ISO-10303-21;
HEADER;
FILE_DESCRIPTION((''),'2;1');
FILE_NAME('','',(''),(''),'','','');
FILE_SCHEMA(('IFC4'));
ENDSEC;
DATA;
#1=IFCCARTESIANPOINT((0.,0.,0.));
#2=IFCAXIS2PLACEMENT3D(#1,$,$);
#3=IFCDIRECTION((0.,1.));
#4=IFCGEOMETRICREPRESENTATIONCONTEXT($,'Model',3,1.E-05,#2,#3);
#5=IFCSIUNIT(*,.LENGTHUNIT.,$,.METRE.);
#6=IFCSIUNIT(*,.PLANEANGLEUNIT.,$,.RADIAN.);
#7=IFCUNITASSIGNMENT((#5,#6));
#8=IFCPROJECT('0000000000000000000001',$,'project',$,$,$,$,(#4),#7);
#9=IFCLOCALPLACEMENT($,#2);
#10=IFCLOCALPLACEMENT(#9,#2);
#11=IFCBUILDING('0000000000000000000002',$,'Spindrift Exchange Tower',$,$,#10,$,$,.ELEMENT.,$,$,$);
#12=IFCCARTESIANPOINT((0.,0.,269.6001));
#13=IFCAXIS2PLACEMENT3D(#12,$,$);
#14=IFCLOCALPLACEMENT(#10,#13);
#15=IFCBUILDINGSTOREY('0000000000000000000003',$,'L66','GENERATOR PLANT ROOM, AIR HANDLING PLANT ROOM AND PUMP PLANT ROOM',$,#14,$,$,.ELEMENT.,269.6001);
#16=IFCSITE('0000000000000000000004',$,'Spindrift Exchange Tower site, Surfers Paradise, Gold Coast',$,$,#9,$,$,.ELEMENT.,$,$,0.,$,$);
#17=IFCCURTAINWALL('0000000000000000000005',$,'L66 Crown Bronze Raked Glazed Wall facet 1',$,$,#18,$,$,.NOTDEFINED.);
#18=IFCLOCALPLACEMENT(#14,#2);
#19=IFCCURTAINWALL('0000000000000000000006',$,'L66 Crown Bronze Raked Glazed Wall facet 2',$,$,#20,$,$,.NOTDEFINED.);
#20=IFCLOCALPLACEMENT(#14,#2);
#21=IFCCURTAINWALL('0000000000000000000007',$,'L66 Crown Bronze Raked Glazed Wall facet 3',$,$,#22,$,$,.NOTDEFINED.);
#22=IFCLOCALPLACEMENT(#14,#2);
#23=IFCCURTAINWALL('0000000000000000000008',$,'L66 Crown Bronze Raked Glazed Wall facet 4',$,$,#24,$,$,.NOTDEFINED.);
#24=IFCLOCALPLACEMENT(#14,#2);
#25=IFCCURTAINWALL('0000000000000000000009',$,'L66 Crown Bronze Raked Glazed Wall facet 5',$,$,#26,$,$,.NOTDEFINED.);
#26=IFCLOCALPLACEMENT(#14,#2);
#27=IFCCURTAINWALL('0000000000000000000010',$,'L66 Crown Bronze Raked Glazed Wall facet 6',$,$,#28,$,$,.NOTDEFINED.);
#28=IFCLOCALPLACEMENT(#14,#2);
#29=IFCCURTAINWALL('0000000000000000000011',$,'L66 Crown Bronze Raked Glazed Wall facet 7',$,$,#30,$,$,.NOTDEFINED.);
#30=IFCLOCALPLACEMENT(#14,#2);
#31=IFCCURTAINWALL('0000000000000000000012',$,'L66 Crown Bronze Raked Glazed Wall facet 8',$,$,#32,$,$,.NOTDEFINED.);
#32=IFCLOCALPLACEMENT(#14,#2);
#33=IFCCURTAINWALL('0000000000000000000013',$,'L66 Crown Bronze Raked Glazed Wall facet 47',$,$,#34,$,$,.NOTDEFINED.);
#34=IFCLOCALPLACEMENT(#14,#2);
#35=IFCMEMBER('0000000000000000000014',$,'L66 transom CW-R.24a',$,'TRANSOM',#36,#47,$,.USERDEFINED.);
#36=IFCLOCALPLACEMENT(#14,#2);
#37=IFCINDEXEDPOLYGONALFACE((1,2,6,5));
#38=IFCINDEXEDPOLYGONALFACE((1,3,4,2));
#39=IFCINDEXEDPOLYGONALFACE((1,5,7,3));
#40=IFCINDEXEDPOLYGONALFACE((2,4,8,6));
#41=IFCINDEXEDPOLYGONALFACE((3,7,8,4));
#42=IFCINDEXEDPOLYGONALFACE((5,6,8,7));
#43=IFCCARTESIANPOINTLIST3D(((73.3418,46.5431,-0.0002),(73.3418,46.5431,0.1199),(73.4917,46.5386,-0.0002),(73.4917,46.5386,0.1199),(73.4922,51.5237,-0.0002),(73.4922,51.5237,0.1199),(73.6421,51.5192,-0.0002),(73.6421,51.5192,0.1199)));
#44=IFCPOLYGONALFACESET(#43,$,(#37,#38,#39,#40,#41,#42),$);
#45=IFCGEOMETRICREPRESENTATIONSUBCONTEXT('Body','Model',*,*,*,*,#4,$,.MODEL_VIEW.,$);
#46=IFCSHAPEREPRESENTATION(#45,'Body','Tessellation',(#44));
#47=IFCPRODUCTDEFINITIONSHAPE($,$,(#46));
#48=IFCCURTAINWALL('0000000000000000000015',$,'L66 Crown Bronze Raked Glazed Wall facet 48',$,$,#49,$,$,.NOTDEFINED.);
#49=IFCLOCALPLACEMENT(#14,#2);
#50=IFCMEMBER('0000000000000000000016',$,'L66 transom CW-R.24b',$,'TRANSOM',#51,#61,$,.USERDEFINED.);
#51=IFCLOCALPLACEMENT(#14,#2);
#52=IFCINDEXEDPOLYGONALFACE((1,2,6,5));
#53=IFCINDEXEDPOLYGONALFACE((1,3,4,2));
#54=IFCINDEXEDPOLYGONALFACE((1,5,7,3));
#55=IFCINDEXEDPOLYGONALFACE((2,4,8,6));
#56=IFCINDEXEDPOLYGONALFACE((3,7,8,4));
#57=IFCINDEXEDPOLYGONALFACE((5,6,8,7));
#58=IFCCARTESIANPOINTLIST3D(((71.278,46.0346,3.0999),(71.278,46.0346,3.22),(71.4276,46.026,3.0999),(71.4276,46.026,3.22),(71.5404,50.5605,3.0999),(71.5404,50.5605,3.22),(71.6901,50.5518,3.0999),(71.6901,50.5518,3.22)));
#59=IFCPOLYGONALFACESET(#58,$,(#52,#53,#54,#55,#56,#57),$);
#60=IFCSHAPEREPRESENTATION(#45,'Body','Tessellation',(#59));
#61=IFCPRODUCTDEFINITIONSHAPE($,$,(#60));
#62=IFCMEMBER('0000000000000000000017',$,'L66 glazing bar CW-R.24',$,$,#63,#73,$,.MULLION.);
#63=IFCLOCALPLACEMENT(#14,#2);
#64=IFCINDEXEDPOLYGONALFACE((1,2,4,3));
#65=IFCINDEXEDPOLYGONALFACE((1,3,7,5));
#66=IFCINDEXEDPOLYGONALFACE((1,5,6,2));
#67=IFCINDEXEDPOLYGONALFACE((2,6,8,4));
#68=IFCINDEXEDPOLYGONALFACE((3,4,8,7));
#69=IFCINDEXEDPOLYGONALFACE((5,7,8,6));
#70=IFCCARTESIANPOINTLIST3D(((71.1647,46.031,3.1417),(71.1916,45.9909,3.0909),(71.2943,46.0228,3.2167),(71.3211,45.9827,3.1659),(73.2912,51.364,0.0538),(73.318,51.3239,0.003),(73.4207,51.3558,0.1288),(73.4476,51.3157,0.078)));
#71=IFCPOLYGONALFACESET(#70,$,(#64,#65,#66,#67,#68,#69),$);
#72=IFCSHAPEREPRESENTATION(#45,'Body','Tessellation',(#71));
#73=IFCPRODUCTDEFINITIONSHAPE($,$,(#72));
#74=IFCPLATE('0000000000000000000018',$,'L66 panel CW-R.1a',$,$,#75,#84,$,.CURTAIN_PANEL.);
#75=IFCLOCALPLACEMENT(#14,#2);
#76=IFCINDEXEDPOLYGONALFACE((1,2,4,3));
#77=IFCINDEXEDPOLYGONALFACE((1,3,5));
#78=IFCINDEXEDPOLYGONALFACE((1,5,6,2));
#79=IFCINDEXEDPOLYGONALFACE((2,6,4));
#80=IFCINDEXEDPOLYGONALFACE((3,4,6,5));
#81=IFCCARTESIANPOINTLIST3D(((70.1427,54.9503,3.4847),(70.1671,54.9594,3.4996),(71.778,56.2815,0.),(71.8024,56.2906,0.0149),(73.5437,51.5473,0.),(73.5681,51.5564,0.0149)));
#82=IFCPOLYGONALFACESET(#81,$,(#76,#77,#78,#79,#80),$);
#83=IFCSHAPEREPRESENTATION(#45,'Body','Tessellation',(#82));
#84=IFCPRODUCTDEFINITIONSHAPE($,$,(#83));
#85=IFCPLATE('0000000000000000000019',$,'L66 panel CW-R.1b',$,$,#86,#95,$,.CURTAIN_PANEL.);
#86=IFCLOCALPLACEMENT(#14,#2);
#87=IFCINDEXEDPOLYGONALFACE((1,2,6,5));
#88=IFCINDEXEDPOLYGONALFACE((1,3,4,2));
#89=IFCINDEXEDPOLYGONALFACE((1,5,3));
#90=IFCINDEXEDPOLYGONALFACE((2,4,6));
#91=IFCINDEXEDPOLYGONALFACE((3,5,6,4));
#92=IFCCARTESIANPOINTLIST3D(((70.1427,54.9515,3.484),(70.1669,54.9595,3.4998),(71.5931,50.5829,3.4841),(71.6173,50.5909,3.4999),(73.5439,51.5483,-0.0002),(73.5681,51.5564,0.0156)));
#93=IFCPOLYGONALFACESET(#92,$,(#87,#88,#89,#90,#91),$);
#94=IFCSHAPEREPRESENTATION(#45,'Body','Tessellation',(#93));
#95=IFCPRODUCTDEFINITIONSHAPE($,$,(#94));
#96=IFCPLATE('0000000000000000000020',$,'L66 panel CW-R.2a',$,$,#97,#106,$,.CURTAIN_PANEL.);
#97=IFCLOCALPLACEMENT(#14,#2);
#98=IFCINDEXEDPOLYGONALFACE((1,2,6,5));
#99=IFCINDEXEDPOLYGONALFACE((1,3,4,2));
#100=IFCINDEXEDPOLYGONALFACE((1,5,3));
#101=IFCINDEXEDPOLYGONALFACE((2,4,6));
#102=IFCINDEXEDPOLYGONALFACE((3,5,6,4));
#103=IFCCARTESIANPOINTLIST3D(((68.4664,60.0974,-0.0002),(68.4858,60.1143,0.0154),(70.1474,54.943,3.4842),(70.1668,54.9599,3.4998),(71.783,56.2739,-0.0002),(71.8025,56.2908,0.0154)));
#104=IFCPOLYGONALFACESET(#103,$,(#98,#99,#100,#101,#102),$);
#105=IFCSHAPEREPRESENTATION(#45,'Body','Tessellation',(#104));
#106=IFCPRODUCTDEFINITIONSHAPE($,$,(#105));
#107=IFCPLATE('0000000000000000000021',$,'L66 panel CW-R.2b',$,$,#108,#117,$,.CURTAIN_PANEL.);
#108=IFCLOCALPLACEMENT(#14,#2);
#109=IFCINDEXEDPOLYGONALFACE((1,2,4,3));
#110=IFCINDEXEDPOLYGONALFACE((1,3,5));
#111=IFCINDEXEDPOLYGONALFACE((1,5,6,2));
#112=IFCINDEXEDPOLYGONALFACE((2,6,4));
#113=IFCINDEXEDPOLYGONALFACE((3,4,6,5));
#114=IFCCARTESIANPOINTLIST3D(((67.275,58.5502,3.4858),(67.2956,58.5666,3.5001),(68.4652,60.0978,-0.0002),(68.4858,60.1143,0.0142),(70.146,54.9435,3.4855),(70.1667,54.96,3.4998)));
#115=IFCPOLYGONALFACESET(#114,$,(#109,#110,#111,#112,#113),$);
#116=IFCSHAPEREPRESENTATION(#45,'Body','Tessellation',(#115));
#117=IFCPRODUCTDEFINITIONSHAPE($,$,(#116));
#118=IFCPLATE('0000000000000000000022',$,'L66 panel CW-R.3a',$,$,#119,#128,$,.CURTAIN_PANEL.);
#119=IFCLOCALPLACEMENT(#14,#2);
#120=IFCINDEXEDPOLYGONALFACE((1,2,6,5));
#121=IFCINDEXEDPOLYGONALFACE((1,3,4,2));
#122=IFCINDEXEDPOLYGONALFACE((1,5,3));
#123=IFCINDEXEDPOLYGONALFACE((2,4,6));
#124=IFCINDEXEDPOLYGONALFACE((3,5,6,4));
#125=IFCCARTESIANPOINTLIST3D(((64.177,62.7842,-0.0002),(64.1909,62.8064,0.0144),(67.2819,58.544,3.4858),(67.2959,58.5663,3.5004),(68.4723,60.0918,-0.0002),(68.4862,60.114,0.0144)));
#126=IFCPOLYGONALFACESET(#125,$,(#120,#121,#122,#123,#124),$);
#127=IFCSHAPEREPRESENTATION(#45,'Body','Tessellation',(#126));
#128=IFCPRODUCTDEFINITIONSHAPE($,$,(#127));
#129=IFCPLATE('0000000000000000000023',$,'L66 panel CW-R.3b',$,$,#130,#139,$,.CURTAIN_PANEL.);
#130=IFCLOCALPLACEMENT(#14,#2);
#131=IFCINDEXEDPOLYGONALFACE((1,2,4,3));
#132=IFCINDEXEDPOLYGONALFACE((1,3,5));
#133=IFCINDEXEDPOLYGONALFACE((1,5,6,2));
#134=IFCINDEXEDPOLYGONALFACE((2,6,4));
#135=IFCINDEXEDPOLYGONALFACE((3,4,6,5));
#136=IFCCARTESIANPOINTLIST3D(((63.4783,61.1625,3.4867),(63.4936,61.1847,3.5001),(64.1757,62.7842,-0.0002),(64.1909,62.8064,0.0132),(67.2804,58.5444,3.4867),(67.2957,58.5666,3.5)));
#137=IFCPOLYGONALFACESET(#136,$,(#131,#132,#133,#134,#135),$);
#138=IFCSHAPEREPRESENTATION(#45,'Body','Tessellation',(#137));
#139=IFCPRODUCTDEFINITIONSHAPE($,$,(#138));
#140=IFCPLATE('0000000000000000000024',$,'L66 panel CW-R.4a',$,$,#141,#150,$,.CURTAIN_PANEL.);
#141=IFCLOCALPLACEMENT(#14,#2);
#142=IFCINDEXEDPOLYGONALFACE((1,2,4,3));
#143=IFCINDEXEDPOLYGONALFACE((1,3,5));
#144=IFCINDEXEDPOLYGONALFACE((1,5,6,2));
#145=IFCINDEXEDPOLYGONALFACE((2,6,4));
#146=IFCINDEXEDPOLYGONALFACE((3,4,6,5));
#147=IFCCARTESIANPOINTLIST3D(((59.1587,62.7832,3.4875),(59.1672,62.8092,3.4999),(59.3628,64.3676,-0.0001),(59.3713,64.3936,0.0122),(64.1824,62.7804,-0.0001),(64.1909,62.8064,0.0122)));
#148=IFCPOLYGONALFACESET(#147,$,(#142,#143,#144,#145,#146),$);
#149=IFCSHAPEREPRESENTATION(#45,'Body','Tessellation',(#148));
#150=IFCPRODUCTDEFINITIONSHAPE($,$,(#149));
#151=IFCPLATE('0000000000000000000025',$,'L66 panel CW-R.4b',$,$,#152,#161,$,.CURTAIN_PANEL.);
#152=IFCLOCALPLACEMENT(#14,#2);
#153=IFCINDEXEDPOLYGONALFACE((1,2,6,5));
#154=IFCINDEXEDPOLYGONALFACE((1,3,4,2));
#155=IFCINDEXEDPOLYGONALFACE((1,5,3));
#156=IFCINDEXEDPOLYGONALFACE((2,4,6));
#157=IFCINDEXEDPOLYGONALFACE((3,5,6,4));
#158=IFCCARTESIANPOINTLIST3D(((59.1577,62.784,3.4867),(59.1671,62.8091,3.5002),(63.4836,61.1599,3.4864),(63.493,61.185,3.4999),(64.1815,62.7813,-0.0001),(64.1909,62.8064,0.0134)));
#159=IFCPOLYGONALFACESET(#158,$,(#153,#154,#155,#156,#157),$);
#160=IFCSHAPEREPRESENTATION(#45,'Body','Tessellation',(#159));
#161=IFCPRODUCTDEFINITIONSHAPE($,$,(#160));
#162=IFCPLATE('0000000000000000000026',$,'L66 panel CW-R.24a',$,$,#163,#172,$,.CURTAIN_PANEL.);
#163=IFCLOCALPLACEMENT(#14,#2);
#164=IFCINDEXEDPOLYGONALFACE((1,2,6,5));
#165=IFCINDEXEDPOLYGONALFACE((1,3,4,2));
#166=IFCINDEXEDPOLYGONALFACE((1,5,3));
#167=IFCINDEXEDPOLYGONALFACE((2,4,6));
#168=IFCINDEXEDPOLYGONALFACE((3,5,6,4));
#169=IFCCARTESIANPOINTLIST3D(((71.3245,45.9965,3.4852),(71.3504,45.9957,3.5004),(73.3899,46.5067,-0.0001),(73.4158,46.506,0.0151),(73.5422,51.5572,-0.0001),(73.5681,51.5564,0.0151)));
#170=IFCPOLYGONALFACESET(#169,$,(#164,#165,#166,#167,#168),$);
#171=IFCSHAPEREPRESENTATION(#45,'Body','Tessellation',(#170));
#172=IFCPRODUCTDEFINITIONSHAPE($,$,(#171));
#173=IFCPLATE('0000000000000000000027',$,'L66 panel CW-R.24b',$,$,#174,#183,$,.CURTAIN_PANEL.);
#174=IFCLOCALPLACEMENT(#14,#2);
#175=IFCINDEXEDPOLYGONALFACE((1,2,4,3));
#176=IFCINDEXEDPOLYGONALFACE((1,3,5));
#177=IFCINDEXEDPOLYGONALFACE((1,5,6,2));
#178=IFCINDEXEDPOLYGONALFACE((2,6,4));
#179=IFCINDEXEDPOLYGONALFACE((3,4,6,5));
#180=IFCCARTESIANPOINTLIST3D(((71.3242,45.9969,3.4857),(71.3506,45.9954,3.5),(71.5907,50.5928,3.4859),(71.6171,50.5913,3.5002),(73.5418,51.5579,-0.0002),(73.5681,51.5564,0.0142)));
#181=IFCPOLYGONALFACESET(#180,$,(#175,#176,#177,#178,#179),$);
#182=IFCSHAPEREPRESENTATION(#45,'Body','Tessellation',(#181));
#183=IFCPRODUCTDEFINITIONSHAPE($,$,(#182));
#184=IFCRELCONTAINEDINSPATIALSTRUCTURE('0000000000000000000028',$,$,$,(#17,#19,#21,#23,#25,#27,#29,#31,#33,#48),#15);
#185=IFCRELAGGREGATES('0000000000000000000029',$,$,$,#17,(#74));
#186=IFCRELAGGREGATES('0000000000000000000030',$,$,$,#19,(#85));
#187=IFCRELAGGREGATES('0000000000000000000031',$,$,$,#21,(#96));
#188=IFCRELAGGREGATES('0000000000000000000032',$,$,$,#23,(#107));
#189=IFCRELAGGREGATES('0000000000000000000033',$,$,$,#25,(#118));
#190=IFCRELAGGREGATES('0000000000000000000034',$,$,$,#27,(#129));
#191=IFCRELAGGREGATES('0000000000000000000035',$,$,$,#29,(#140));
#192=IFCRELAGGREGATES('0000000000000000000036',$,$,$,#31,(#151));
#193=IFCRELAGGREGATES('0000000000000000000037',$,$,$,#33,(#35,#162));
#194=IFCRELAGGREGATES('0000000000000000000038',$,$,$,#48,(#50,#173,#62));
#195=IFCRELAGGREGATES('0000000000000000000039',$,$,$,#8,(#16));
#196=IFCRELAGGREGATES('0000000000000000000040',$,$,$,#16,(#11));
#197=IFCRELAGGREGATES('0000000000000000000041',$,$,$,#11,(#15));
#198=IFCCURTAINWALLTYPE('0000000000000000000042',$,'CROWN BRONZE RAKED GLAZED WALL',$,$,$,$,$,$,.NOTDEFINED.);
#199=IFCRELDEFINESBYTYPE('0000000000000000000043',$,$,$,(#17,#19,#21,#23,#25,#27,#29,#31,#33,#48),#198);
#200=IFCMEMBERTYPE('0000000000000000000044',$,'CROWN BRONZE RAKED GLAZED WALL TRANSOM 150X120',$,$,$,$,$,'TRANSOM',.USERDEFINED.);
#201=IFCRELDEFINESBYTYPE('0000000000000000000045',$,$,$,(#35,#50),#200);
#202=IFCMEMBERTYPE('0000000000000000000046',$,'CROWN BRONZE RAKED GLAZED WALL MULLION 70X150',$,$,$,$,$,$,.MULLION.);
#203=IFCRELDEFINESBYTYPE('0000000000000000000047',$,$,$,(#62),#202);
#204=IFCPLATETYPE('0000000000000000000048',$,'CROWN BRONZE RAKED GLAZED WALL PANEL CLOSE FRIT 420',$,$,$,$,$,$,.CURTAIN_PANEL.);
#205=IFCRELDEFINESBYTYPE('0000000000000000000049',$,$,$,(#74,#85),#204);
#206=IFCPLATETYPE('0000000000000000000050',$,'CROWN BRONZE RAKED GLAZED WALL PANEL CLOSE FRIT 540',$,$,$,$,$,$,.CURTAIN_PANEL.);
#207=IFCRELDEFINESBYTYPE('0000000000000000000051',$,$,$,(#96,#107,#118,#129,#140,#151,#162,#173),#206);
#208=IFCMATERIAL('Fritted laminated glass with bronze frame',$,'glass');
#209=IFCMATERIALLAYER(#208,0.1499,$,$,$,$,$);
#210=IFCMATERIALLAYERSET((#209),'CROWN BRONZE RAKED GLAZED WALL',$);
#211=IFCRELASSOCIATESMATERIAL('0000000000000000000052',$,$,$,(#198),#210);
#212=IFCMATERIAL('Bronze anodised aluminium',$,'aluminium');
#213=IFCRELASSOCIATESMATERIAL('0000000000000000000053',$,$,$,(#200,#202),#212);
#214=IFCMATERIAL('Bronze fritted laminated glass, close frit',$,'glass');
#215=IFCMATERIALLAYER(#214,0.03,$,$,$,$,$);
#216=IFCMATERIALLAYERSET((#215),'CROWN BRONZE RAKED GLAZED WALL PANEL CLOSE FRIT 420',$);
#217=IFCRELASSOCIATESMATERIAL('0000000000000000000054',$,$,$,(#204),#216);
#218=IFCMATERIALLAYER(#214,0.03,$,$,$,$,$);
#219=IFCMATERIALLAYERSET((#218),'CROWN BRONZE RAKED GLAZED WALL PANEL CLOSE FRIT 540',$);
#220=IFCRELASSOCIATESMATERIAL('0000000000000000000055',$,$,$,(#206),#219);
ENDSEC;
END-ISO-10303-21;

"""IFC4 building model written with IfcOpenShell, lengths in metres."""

from ifc_helpers import new_model, si_unit, direction, frame, origin, origin_2d, place, context, subcontext, project, spatial, line, indexed_curve, rectangle, outline, extrude, source, transform, mapped, material, layer, layer_set, material_profile, profile_set, type_object, element, aggregate, save


model = new_model("IFC4")

# Units and contexts
model_context = context("Model", 3, precision=1e-05, world=origin(), true_north=direction((0.0, 1.0)))
body_context = subcontext(model_context, "Body", "Model", "MODEL_VIEW")
ifc_project = project(units=[si_unit("LENGTHUNIT", "METRE"), si_unit("PLANEANGLEUNIT", "RADIAN")], contexts=[model_context])

# Site, building, storey
site_placement = place(None, origin())
site = spatial("IfcSite", under=ifc_project, at=site_placement, Name="Spindrift Exchange Tower site, Surfers Paradise, Gold Coast", CompositionType="ELEMENT", RefElevation=0.0)
building_placement = place(site_placement, origin())
building = spatial("IfcBuilding", under=site, at=building_placement, Name="Spindrift Exchange Tower", CompositionType="ELEMENT")
storey_placement = place(building_placement, frame((0.0, 0.0, 269.6001)))
storey = spatial("IfcBuildingStorey", under=building, at=storey_placement, Name="L66", Description="GENERATOR PLANT ROOM, AIR HANDLING PLANT ROOM AND PUMP PLANT ROOM", CompositionType="ELEMENT", Elevation=269.6001)

# Curtain wall
ifc_material_1 = material(Name="Fritted laminated glass with bronze frame", Category="glass")
ifc_layer_1 = layer(ifc_material_1, 0.1499)
ifc_layer_set_1 = layer_set([ifc_layer_1], Name="CROWN BRONZE RAKED GLAZED WALL")
curtain_wall_type = type_object("IfcCurtainWallType", Name="CROWN BRONZE RAKED GLAZED WALL", PredefinedType="NOTDEFINED", material=ifc_layer_set_1)
curtain_wall_1_placement = place(storey_placement, origin())
curtain_wall_1 = element("IfcCurtainWall", 1, at=curtain_wall_1_placement, inside=storey, type_object=curtain_wall_type, Name="L66 Crown Bronze Raked Glazed Wall facet 1", PredefinedType="NOTDEFINED")
ifc_material_2 = material(Name="Bronze anodised aluminium", Category="aluminium")
ifc_material_profile_1 = material_profile(ifc_material_2, rectangle(XDim=0.1499, YDim=0.1201, at=origin_2d()), Name="CROWN BRONZE RAKED GLAZED WALL TRANSOM 150X120")
ifc_profile_set_1 = profile_set([ifc_material_profile_1], Name="Bronze anodised aluminium")
member_type_1 = type_object("IfcMemberType", Name="CROWN BRONZE RAKED GLAZED WALL TRANSOM 150X120", ElementType="TRANSOM", PredefinedType="USERDEFINED", material=ifc_profile_set_1)

# Curtain wall
curtain_wall_2_placement = place(storey_placement, origin())
curtain_wall_2 = element("IfcCurtainWall", 2, at=curtain_wall_2_placement, inside=storey, type_object=curtain_wall_type, Name="L66 Crown Bronze Raked Glazed Wall facet 2", PredefinedType="NOTDEFINED")
ifc_material_profile_2 = material_profile(ifc_material_2, rectangle(XDim=0.0701, YDim=0.1499, at=origin_2d()), Name="CROWN BRONZE RAKED GLAZED WALL MULLION 70X150")
ifc_profile_set_2 = profile_set([ifc_material_profile_2], Name="Bronze anodised aluminium")
member_type_2 = type_object("IfcMemberType", Name="CROWN BRONZE RAKED GLAZED WALL MULLION 70X150", PredefinedType="MULLION", material=ifc_profile_set_2)

# Curtain walls
curtain_wall_3_placement = place(storey_placement, origin())
curtain_wall_3 = element("IfcCurtainWall", 3, at=curtain_wall_3_placement, inside=storey, type_object=curtain_wall_type, Name="L66 Crown Bronze Raked Glazed Wall facet 3", PredefinedType="NOTDEFINED")
curtain_wall_4_placement = place(storey_placement, origin())
curtain_wall_4 = element("IfcCurtainWall", 4, at=curtain_wall_4_placement, inside=storey, type_object=curtain_wall_type, Name="L66 Crown Bronze Raked Glazed Wall facet 4", PredefinedType="NOTDEFINED")

# Curtain wall
curtain_wall_5_placement = place(storey_placement, origin())
curtain_wall_5 = element("IfcCurtainWall", 5, at=curtain_wall_5_placement, inside=storey, type_object=curtain_wall_type, Name="L66 Crown Bronze Raked Glazed Wall facet 5", PredefinedType="NOTDEFINED")

# Curtain walls, member
curtain_wall_6_placement = place(storey_placement, origin())
curtain_wall_6 = element("IfcCurtainWall", 6, at=curtain_wall_6_placement, inside=storey, type_object=curtain_wall_type, Name="L66 Crown Bronze Raked Glazed Wall facet 6", PredefinedType="NOTDEFINED")
curtain_wall_7_placement = place(storey_placement, origin())
curtain_wall_7 = element("IfcCurtainWall", 7, at=curtain_wall_7_placement, inside=storey, type_object=curtain_wall_type, Name="L66 Crown Bronze Raked Glazed Wall facet 7", PredefinedType="NOTDEFINED")
curtain_wall_8_placement = place(storey_placement, origin())
curtain_wall_8 = element("IfcCurtainWall", 8, at=curtain_wall_8_placement, inside=storey, type_object=curtain_wall_type, Name="L66 Crown Bronze Raked Glazed Wall facet 8", PredefinedType="NOTDEFINED")
curtain_wall_9_placement = place(storey_placement, origin())
curtain_wall_9 = element("IfcCurtainWall", 9, at=curtain_wall_9_placement, inside=storey, type_object=curtain_wall_type, Name="L66 Crown Bronze Raked Glazed Wall facet 47", PredefinedType="NOTDEFINED")
shared_shape_1 = source(origin(), body_context, "Body", "SweptSolid", [
    extrude(rectangle(XDim=0.1499, YDim=0.1201, at=origin_2d()), origin(), (0.0, 0.0, 1.0), 4.9829),
])
member_1_placement = place(storey_placement, frame((73.5671, 51.5215, 0.0598), z_axis=(-0.030181, -0.999544, 0.0), x_axis=(0.999544, -0.030181, 0.0)))
member_1 = element("IfcMember", 10, at=member_1_placement, type_object=member_type_1, Name="L66 transom CW-R.24a", ObjectType="TRANSOM", PredefinedType="USERDEFINED", context=body_context, shape_type="MappedRepresentation", body=[
    mapped(shared_shape_1, transform((0.0, 0.0, 0.0), scale=1.0)),
])

# Curtain wall, members
curtain_wall_10_placement = place(storey_placement, origin())
curtain_wall_10 = element("IfcCurtainWall", 11, at=curtain_wall_10_placement, inside=storey, type_object=curtain_wall_type, Name="L66 Crown Bronze Raked Glazed Wall facet 48", PredefinedType="NOTDEFINED")
shared_shape_2 = source(origin(), body_context, "Body", "SweptSolid", [
    extrude(rectangle(XDim=0.1499, YDim=0.1201, at=origin_2d()), origin(), (0.0, 0.0, 1.0), 4.5334),
])
member_2_placement = place(storey_placement, frame((71.6152, 50.5562, 3.1599), z_axis=(-0.057892, -0.998323, 0.0), x_axis=(0.998323, -0.057892, 0.0)))
member_2 = element("IfcMember", 12, at=member_2_placement, type_object=member_type_1, Name="L66 transom CW-R.24b", ObjectType="TRANSOM", PredefinedType="USERDEFINED", context=body_context, shape_type="MappedRepresentation", body=[
    mapped(shared_shape_2, transform((0.0, 0.0, 0.0), scale=1.0)),
])
shared_shape_3 = source(origin(), body_context, "Body", "SweptSolid", [
    extrude(rectangle(XDim=0.0701, YDim=0.1499, at=origin_2d()), origin(), (0.0, 0.0, 1.0), 6.519),
])
member_3_placement = place(storey_placement, frame((73.3694, 51.3398, 0.0659), z_axis=(-0.326193, -0.818066, 0.473673), x_axis=(0.383072, -0.572487, -0.724924)))
member_3 = element("IfcMember", 13, at=member_3_placement, type_object=member_type_2, Name="L66 glazing bar CW-R.24", PredefinedType="MULLION", context=body_context, shape_type="MappedRepresentation", body=[
    mapped(shared_shape_3, transform((0.0, 0.0, 0.0), scale=1.0)),
])

# Plates
ifc_material_3 = material(Name="Bronze fritted laminated glass, close frit", Category="glass")
ifc_layer_2 = layer(ifc_material_3, 0.03)
ifc_layer_set_2 = layer_set([ifc_layer_2], Name="CROWN BRONZE RAKED GLAZED WALL PANEL CLOSE FRIT 420")
plate_type_1 = type_object("IfcPlateType", Name="CROWN BRONZE RAKED GLAZED WALL PANEL CLOSE FRIT 420", PredefinedType="CURTAIN_PANEL", material=ifc_layer_set_2)
plate_1_placement = place(storey_placement, frame((73.5681, 51.5564, 0.0149), z_axis=(0.812887, 0.303182, 0.497288), x_axis=(-0.349455, 0.936953, 0.0)))
plate_1 = element("IfcPlate", 14, at=plate_1_placement, type_object=plate_type_1, Name="L66 panel CW-R.1a", PredefinedType="CURTAIN_PANEL", context=body_context, shape_type="SweptSolid", body=[
    extrude(outline(indexed_curve([(0.0, 0.0), (5.0527, 0.0), (4.377, 4.0166)], segments=[line(1, 2, 3, 1)], self_intersect=False)), origin(), (0.0, 0.0, -1.0), 0.03),
])
aggregate(curtain_wall_1, [plate_1])
plate_2_placement = place(storey_placement, frame((73.5681, 51.5564, 0.0156), z_axis=(0.807084, 0.267961, 0.52613), x_axis=(-0.572546, 0.572875, 0.586519)))
plate_2 = element("IfcPlate", 15, at=plate_2_placement, type_object=plate_type_1, Name="L66 panel CW-R.1b", PredefinedType="CURTAIN_PANEL", context=body_context, shape_type="SweptSolid", body=[
    extrude(outline(indexed_curve([(0.0, 0.0), (5.9404, 0.0), (2.6074, 3.1748)], segments=[line(1, 2, 3, 1)], self_intersect=False)), origin(), (0.0, 0.0, -1.0), 0.03),
])
aggregate(curtain_wall_2, [plate_2])
ifc_layer_3 = layer(ifc_material_3, 0.03)
ifc_layer_set_3 = layer_set([ifc_layer_3], Name="CROWN BRONZE RAKED GLAZED WALL PANEL CLOSE FRIT 540")
plate_type_2 = type_object("IfcPlateType", Name="CROWN BRONZE RAKED GLAZED WALL PANEL CLOSE FRIT 540", PredefinedType="CURTAIN_PANEL", material=ifc_layer_set_3)
plate_3_placement = place(storey_placement, frame((68.4858, 60.1143, 0.0154), z_axis=(0.646354, 0.560669, 0.517568), x_axis=(0.655261, -0.755403, 0.0)))
plate_3 = element("IfcPlate", 16, at=plate_3_placement, type_object=plate_type_2, Name="L66 panel CW-R.2a", PredefinedType="CURTAIN_PANEL", context=body_context, shape_type="SweptSolid", body=[
    extrude(outline(indexed_curve([(0.0, 0.0), (5.0615, 0.0), (4.9951, -4.0723)], segments=[line(1, 2, 3, 1)], self_intersect=False)), origin(), (0.0, 0.0, -1.0), 0.03),
])
aggregate(curtain_wall_3, [plate_3])
plate_4_placement = place(storey_placement, frame((68.4858, 60.1143, 0.0142), z_axis=(0.687387, 0.547156, 0.477618), x_axis=(0.260784, -0.799699, 0.540809)))
plate_4 = element("IfcPlate", 17, at=plate_4_placement, type_object=plate_type_2, Name="L66 panel CW-R.2b", PredefinedType="CURTAIN_PANEL", context=body_context, shape_type="SweptSolid", body=[
    extrude(outline(indexed_curve([(0.0, 0.0), (6.4453, 0.0), (2.8125, -2.8379)], segments=[line(1, 2, 3, 1)], self_intersect=False)), origin(), (0.0, 0.0, -1.0), 0.03),
])
aggregate(curtain_wall_4, [plate_4])
plate_5_placement = place(storey_placement, frame((64.1909, 62.8064, 0.0144), z_axis=(0.463877, 0.740049, 0.486977), x_axis=(0.847305, -0.531107, 0.0)))
plate_5 = element("IfcPlate", 18, at=plate_5_placement, type_object=plate_type_2, Name="L66 panel CW-R.3a", PredefinedType="CURTAIN_PANEL", context=body_context, shape_type="SweptSolid", body=[
    extrude(outline(indexed_curve([(0.0, 0.0), (5.0693, 0.0), (4.8828, -3.9912)], segments=[line(1, 2, 3, 1)], self_intersect=False)), origin(), (0.0, 0.0, -1.0), 0.03),
])
aggregate(curtain_wall_5, [plate_5])
plate_6_placement = place(storey_placement, frame((64.1909, 62.8064, 0.0132), z_axis=(0.507973, 0.737706, 0.444694), x_axis=(0.492303, -0.672275, 0.552887)))
plate_6 = element("IfcPlate", 19, at=plate_6_placement, type_object=plate_type_2, Name="L66 panel CW-R.3b", PredefinedType="CURTAIN_PANEL", context=body_context, shape_type="SweptSolid", body=[
    extrude(outline(indexed_curve([(0.0, 0.0), (6.3066, 0.0), (2.6748, -2.8496)], segments=[line(1, 2, 3, 1)], self_intersect=False)), origin(), (0.0, 0.0, -1.0), 0.03),
])
aggregate(curtain_wall_6, [plate_6])
plate_7_placement = place(storey_placement, frame((64.1909, 62.8064, 0.0122), z_axis=(0.285275, 0.866224, 0.410212), x_axis=(-0.949817, 0.312805, 0.0)))
plate_7 = element("IfcPlate", 20, at=plate_7_placement, type_object=plate_type_2, Name="L66 panel CW-R.4a", PredefinedType="CURTAIN_PANEL", context=body_context, shape_type="SweptSolid", body=[
    extrude(outline(indexed_curve([(0.0, 0.0), (5.0742, 0.0), (4.7725, 3.8242)], segments=[line(1, 2, 3, 1)], self_intersect=False)), origin(), (0.0, 0.0, -1.0), 0.03),
])
aggregate(curtain_wall_7, [plate_7])
plate_8_placement = place(storey_placement, frame((64.1909, 62.8064, 0.0134), z_axis=(0.313678, 0.835423, 0.451303), x_axis=(-0.821517, 0.000439, 0.570183)))
plate_8 = element("IfcPlate", 21, at=plate_8_placement, type_object=plate_type_2, Name="L66 panel CW-R.4b", PredefinedType="CURTAIN_PANEL", context=body_context, shape_type="SweptSolid", body=[
    extrude(outline(indexed_curve([(0.0, 0.0), (6.1152, 0.0), (2.5605, 2.9521)], segments=[line(1, 2, 3, 1)], self_intersect=False)), origin(), (0.0, 0.0, -1.0), 0.03),
])
aggregate(curtain_wall_8, [plate_8])
plate_9_placement = place(storey_placement, frame((73.5681, 51.5564, 0.0151), z_axis=(0.861657, -0.02599, 0.506826), x_axis=(-0.030149, -0.999545, 0.0)))
plate_9 = element("IfcPlate", 22, at=plate_9_placement, type_object=plate_type_2, Name="L66 panel CW-R.24a", PredefinedType="CURTAIN_PANEL", context=body_context, shape_type="SweptSolid", body=[
    extrude(outline(indexed_curve([(0.0, 0.0), (5.0527, 0.0), (5.625, -4.043)], segments=[line(1, 2, 3, 1)], self_intersect=False)), origin(), (0.0, 0.0, -1.0), 0.03),
])
aggregate(curtain_wall_9, [member_1, plate_9])
plate_10_placement = place(storey_placement, frame((73.5681, 51.5564, 0.0142), z_axis=(0.877438, -0.050901, 0.476982), x_axis=(-0.320094, -0.80272, 0.503171)))
plate_10 = element("IfcPlate", 23, at=plate_10_placement, type_object=plate_type_2, Name="L66 panel CW-R.24b", PredefinedType="CURTAIN_PANEL", context=body_context, shape_type="SweptSolid", body=[
    extrude(outline(indexed_curve([(0.0, 0.0), (6.9277, 0.0), (3.1533, -2.6357)], segments=[line(1, 2, 3, 1)], self_intersect=False)), origin(), (0.0, 0.0, -1.0), 0.03),
])
aggregate(curtain_wall_10, [member_2, plate_10, member_3])

save(model, "model.ifc")
